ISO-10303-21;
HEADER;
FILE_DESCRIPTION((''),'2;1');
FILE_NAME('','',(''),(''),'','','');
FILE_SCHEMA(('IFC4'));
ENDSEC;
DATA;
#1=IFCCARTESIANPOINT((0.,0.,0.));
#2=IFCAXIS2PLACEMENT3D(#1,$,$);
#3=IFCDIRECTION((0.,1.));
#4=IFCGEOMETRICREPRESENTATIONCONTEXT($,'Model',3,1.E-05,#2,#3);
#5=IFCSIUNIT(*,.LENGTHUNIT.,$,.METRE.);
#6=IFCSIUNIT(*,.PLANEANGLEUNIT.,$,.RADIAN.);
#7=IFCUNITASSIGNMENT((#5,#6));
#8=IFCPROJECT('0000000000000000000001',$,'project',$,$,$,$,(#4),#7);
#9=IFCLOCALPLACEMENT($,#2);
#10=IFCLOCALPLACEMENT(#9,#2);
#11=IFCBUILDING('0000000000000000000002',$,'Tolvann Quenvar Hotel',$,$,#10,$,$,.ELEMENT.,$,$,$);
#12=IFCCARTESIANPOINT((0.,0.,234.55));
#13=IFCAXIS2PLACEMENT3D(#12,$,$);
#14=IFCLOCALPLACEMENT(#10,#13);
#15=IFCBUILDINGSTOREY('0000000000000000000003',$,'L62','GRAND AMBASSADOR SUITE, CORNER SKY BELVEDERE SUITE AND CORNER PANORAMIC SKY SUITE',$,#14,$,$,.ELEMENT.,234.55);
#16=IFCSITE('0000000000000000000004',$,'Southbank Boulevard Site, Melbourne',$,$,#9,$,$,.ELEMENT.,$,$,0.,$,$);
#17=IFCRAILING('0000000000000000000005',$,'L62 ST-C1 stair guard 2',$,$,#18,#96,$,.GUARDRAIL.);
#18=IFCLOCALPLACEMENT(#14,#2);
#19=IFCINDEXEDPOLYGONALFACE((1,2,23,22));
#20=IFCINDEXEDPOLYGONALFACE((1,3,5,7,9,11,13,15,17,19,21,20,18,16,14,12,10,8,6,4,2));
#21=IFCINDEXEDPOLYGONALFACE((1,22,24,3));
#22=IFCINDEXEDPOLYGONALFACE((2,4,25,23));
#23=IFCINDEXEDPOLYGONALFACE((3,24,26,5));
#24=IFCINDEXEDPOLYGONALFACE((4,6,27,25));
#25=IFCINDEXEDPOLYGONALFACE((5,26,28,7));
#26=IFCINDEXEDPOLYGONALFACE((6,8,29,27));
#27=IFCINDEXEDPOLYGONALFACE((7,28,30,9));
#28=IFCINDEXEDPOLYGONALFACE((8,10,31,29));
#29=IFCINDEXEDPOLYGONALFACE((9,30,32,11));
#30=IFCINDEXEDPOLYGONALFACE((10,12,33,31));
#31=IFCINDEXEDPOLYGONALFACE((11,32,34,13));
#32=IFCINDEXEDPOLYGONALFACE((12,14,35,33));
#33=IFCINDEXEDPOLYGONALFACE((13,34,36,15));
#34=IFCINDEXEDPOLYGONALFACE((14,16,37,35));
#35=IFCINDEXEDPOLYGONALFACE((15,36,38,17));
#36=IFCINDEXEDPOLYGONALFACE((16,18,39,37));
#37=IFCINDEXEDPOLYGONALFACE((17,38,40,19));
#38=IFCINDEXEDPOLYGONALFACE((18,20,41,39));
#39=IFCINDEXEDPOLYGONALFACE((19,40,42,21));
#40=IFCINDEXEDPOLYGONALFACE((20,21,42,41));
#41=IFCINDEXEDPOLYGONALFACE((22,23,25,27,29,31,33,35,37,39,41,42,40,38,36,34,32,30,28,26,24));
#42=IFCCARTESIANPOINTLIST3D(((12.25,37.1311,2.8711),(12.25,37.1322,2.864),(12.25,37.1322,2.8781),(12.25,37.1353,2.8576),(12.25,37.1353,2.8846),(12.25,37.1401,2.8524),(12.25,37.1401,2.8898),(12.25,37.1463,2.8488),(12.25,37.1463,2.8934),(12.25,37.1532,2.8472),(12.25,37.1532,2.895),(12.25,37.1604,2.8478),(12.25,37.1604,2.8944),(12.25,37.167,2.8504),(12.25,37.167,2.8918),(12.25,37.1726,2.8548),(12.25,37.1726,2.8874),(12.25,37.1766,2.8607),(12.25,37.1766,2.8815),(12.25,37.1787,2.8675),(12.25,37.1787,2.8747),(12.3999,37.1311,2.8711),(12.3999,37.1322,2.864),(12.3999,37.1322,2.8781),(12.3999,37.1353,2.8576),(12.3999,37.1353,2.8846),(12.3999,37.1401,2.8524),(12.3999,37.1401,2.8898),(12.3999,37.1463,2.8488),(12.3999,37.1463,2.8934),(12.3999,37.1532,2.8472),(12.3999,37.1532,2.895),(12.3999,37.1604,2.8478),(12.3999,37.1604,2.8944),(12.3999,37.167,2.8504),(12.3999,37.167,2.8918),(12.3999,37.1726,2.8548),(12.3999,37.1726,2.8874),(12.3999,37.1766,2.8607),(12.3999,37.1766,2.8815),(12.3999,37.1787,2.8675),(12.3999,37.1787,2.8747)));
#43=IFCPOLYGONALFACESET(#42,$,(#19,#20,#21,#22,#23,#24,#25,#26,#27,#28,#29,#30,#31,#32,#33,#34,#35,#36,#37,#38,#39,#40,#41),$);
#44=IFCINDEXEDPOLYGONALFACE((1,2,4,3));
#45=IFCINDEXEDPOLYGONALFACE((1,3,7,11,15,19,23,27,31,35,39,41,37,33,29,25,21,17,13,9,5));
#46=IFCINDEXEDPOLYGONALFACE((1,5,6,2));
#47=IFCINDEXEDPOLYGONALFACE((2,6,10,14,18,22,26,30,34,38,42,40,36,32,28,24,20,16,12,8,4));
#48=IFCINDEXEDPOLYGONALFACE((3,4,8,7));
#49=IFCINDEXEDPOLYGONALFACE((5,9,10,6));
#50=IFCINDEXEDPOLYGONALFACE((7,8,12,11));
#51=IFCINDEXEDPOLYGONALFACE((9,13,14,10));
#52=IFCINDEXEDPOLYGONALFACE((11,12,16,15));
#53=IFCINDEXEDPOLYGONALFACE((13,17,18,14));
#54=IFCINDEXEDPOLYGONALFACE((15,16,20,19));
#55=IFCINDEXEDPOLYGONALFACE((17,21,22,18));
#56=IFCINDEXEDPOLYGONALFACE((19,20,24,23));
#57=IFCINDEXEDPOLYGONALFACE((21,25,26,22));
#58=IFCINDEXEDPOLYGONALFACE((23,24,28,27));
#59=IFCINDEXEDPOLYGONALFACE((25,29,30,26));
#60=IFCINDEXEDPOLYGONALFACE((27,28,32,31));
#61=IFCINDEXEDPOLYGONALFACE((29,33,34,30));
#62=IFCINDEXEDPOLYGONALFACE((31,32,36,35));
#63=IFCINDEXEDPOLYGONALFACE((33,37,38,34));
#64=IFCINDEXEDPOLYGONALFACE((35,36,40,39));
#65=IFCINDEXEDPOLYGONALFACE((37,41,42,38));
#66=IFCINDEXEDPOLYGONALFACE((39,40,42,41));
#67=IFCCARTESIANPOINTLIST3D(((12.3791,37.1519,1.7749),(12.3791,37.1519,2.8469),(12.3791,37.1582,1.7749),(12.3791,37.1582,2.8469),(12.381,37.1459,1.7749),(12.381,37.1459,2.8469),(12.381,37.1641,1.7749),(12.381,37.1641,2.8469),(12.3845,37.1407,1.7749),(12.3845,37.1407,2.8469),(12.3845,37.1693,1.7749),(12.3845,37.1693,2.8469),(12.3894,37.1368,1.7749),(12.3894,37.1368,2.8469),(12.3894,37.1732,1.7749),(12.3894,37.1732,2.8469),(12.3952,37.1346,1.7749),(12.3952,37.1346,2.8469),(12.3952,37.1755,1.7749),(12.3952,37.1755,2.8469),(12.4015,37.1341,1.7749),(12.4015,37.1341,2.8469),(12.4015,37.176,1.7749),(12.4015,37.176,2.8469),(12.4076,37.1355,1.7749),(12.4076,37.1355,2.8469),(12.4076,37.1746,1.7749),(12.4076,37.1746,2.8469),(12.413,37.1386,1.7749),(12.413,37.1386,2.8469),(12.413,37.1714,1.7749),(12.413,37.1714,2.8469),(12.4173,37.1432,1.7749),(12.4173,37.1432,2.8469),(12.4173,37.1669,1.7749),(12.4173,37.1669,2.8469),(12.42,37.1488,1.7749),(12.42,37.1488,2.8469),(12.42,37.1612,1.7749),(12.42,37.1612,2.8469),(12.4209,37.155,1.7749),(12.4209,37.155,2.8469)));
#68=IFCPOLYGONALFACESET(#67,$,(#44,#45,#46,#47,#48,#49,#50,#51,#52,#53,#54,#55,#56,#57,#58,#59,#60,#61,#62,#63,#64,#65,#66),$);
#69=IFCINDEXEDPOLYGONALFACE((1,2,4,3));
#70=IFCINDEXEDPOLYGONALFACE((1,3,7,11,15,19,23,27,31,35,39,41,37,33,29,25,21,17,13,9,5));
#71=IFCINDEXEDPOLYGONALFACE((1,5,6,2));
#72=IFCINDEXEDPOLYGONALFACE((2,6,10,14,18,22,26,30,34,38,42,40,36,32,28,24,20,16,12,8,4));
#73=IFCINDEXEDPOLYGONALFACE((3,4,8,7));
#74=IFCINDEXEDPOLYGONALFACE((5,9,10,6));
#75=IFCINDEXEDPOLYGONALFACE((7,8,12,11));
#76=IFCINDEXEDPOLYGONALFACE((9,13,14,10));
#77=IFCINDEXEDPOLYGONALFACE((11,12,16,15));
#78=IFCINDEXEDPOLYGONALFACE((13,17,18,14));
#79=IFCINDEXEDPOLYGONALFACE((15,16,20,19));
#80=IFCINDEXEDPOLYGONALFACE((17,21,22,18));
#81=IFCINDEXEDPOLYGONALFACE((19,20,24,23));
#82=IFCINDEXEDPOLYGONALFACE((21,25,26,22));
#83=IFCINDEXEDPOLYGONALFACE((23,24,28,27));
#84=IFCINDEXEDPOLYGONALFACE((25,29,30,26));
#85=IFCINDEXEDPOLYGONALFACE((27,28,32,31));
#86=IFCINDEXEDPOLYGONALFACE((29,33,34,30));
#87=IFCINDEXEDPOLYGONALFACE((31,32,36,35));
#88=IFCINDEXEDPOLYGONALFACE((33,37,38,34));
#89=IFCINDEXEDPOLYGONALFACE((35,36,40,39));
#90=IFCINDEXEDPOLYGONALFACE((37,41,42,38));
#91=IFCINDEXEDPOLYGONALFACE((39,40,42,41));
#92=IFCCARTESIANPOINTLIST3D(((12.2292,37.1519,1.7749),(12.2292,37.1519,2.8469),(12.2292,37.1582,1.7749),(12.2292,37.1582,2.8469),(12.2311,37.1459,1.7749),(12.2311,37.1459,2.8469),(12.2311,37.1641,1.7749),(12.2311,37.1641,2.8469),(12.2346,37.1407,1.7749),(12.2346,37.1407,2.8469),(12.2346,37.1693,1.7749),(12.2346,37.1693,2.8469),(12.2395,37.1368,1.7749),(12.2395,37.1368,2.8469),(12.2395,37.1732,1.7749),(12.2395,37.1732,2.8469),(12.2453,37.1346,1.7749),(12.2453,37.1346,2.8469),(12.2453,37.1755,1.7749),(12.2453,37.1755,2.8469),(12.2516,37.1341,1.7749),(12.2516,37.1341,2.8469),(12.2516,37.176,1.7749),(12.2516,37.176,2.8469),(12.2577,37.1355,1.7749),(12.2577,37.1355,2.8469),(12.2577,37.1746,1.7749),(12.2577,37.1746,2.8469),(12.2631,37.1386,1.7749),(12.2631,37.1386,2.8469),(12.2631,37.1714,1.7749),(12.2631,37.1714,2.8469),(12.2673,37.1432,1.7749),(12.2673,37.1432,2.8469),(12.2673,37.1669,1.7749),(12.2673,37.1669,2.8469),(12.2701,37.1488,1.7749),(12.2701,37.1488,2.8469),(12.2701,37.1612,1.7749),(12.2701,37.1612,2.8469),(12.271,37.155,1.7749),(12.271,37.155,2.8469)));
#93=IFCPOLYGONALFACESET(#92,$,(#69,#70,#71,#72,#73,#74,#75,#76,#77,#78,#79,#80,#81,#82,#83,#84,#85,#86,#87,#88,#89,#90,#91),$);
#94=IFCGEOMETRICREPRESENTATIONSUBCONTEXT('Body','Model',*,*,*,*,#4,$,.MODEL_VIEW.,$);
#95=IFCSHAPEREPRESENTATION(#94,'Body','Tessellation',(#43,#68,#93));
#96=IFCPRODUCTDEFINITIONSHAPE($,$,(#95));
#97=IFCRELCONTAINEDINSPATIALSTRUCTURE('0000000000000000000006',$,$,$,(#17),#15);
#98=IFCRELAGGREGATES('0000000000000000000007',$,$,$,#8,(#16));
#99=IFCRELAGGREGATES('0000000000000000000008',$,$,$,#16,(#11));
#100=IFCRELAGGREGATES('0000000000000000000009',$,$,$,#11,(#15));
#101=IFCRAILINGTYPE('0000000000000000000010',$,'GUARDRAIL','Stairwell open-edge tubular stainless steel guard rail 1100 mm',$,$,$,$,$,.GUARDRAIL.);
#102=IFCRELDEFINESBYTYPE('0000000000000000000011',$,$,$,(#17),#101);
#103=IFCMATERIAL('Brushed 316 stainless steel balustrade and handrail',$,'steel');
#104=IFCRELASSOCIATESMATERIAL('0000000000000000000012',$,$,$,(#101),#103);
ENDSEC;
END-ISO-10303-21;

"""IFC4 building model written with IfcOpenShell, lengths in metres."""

from ifc_helpers import new_model, si_unit, direction, frame, origin, origin_2d, place, context, subcontext, project, spatial, circle, extrude, material, type_object, element, save


model = new_model("IFC4")

# Units and contexts
model_context = context("Model", 3, precision=1e-05, world=origin(), true_north=direction((0.0, 1.0)))
body_context = subcontext(model_context, "Body", "Model", "MODEL_VIEW")
ifc_project = project(units=[si_unit("LENGTHUNIT", "METRE"), si_unit("PLANEANGLEUNIT", "RADIAN")], contexts=[model_context])

# Site, building, storey
site_placement = place(None, origin())
site = spatial("IfcSite", under=ifc_project, at=site_placement, Name="Southbank Boulevard Site, Melbourne", CompositionType="ELEMENT", RefElevation=0.0)
building_placement = place(site_placement, origin())
building = spatial("IfcBuilding", under=site, at=building_placement, Name="Tolvann Quenvar Hotel", CompositionType="ELEMENT")
storey_placement = place(building_placement, frame((0.0, 0.0, 234.55)))
storey = spatial("IfcBuildingStorey", under=building, at=storey_placement, Name="L62", Description="GRAND AMBASSADOR SUITE, CORNER SKY BELVEDERE SUITE AND CORNER PANORAMIC SKY SUITE", CompositionType="ELEMENT", Elevation=234.55)

# Railing
ifc_material_1 = material(Name="Brushed 316 stainless steel balustrade and handrail", Category="steel")
railing_type_1 = type_object("IfcRailingType", Name="GUARDRAIL", Description="Stairwell open-edge tubular stainless steel guard rail 1100 mm", PredefinedType="GUARDRAIL", material=ifc_material_1)
railing_1_placement = place(storey_placement, frame((12.3999, 37.155, 1.7749)))
element("IfcRailing", 1, at=railing_1_placement, inside=storey, type_object=railing_type_1, Name="L62 ST-C1 stair guard 2", PredefinedType="GUARDRAIL", context=body_context, shape_type="SweptSolid", body=[
    extrude(circle(Radius=0.0239, at=origin_2d()), frame((0.0, 0.0, 1.0962), z_axis=(-1.0, 0.0, 0.0), x_axis=(0.0, -1.0, 0.0)), (0.0, 0.0, 1.0), 0.1499),
    extrude(circle(Radius=0.021, at=origin_2d()), origin(), (0.0, 0.0, 1.0), 1.072),
    extrude(circle(Radius=0.021, at=origin_2d()), frame((-0.1499, 0.0, 0.0)), (0.0, 0.0, 1.0), 1.072),
])

save(model, "model.ifc")
